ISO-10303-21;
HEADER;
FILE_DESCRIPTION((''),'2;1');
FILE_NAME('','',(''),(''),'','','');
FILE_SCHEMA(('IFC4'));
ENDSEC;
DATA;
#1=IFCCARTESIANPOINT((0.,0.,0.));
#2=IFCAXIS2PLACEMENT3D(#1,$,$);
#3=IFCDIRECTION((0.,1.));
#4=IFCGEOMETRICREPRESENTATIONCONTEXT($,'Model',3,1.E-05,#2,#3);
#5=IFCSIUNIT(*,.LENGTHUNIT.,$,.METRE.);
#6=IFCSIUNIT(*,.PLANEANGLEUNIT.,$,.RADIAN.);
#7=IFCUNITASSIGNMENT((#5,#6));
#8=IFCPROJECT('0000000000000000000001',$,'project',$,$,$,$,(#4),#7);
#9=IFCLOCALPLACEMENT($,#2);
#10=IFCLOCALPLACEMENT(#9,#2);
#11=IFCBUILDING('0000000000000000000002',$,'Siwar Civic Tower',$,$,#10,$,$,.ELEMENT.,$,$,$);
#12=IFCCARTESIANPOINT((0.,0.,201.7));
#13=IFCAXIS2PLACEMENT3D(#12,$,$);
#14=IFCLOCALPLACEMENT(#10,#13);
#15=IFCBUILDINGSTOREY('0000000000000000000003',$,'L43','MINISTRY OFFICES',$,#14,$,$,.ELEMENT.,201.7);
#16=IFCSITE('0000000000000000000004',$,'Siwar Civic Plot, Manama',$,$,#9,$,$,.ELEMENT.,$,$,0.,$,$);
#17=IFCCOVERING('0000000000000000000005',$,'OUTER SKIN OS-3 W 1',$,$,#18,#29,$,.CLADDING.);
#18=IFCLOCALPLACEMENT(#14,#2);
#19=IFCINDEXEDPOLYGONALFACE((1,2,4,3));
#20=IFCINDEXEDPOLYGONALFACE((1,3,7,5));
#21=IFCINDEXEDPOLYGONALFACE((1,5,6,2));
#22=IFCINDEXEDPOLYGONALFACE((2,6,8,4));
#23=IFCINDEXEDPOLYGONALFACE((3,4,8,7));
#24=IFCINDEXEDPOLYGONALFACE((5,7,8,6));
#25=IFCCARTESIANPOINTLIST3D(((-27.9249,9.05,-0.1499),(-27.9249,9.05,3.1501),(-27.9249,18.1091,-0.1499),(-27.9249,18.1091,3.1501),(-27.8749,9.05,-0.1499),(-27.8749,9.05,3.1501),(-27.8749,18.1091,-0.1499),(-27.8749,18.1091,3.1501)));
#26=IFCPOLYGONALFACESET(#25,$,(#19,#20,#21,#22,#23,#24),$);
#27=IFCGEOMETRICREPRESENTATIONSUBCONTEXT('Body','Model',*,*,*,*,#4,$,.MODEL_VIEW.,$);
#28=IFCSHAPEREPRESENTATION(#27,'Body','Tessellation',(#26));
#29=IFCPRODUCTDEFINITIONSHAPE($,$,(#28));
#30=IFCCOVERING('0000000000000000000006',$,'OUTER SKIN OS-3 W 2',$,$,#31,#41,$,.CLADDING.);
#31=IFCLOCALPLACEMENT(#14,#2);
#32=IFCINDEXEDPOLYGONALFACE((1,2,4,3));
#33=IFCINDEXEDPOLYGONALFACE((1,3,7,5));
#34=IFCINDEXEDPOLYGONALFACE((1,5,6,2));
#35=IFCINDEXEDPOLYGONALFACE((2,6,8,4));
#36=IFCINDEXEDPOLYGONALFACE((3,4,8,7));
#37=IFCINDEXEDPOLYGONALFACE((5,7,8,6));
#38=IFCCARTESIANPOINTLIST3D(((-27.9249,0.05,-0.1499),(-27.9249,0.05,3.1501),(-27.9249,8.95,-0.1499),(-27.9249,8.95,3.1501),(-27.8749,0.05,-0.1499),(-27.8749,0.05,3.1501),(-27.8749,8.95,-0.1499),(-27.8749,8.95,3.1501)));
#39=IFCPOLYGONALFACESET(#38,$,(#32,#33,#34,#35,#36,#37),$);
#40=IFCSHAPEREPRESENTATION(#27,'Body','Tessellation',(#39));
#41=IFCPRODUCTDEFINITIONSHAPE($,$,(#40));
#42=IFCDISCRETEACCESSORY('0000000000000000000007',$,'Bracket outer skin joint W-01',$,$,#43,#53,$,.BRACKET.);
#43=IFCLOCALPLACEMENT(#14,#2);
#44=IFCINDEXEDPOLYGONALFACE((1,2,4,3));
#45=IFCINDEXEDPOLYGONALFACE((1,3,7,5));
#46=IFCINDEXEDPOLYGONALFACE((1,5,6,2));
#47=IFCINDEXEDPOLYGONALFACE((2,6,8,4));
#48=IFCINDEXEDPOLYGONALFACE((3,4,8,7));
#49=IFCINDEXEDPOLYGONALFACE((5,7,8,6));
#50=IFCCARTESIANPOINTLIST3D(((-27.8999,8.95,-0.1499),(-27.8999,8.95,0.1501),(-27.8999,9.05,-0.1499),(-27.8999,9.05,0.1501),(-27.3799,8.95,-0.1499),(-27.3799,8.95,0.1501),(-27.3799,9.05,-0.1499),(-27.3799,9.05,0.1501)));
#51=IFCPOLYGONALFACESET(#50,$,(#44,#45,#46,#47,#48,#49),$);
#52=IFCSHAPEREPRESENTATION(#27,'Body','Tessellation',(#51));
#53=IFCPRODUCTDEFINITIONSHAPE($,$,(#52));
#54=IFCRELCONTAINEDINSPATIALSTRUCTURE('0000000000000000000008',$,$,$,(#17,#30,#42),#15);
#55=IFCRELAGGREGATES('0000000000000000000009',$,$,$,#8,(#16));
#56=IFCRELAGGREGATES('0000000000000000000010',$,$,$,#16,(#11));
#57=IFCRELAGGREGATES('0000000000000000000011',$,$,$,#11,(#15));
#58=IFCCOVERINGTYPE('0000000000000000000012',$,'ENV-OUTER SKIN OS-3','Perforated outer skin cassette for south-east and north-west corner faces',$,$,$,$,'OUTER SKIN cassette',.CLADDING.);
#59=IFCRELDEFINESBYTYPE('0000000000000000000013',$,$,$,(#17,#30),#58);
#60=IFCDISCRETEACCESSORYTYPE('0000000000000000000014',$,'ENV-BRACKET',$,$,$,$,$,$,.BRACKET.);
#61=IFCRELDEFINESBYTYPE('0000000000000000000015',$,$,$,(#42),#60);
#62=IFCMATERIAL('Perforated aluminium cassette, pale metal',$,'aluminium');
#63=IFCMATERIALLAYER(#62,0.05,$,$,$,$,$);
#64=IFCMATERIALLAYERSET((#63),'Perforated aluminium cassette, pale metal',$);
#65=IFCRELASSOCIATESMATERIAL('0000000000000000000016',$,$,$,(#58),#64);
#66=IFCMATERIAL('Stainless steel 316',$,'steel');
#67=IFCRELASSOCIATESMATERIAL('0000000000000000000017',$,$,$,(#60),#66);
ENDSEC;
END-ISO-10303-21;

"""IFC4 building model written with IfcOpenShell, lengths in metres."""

from ifc_helpers import new_model, si_unit, direction, frame, origin, origin_2d, place, context, subcontext, project, spatial, rectangle, extrude, material, layer, layer_set, type_object, element, save


model = new_model("IFC4")

# Units and contexts
model_context = context("Model", 3, precision=1e-05, world=origin(), true_north=direction((0.0, 1.0)))
body_context = subcontext(model_context, "Body", "Model", "MODEL_VIEW")
ifc_project = project(units=[si_unit("LENGTHUNIT", "METRE"), si_unit("PLANEANGLEUNIT", "RADIAN")], contexts=[model_context])

# Site, building, storey
site_placement = place(None, origin())
site = spatial("IfcSite", under=ifc_project, at=site_placement, Name="Siwar Civic Plot, Manama", CompositionType="ELEMENT", RefElevation=0.0)
building_placement = place(site_placement, origin())
building = spatial("IfcBuilding", under=site, at=building_placement, Name="Siwar Civic Tower", CompositionType="ELEMENT")
storey_placement = place(building_placement, frame((0.0, 0.0, 201.7)))
storey = spatial("IfcBuildingStorey", under=building, at=storey_placement, Name="L43", Description="MINISTRY OFFICES", CompositionType="ELEMENT", Elevation=201.7)

# Coverings
ifc_material_1 = material(Name="Perforated aluminium cassette, pale metal", Category="aluminium")
ifc_layer_1 = layer(ifc_material_1, 0.05)
ifc_layer_set_1 = layer_set([ifc_layer_1], Name="Perforated aluminium cassette, pale metal")
covering_type = type_object("IfcCoveringType", Name="ENV-OUTER SKIN OS-3", Description="Perforated outer skin cassette for south-east and north-west corner faces", ElementType="OUTER SKIN cassette", PredefinedType="CLADDING", material=ifc_layer_set_1)
covering_1_placement = place(storey_placement, frame((-27.8999, 13.5796, -0.1499), z_axis=(0.0, 0.0, 1.0), x_axis=(0.0, -1.0, 0.0)))
element("IfcCovering", 1, at=covering_1_placement, inside=storey, type_object=covering_type, Name="OUTER SKIN OS-3 W 1", PredefinedType="CLADDING", context=body_context, shape_type="SweptSolid", body=[
    extrude(rectangle(XDim=9.0591, YDim=0.05, at=origin_2d()), origin(), (0.0, 0.0, 1.0), 3.3),
])
covering_2_placement = place(storey_placement, frame((-27.8999, 4.5, -0.1499), z_axis=(0.0, 0.0, 1.0), x_axis=(0.0, -1.0, 0.0)))
element("IfcCovering", 2, at=covering_2_placement, inside=storey, type_object=covering_type, Name="OUTER SKIN OS-3 W 2", PredefinedType="CLADDING", context=body_context, shape_type="SweptSolid", body=[
    extrude(rectangle(XDim=8.8999, YDim=0.05, at=origin_2d()), origin(), (0.0, 0.0, 1.0), 3.3),
])

# Discrete accessory
ifc_material_2 = material(Name="Stainless steel 316", Category="steel")
discrete_accessory_type = type_object("IfcDiscreteAccessoryType", Name="ENV-BRACKET", PredefinedType="BRACKET", material=ifc_material_2)
discrete_accessory_placement = place(storey_placement, frame((-27.6399, 9.0, -0.1499), z_axis=(0.0, 0.0, 1.0), x_axis=(-1.0, 0.0, 0.0)))
element("IfcDiscreteAccessory", 3, at=discrete_accessory_placement, inside=storey, type_object=discrete_accessory_type, Name="Bracket outer skin joint W-01", PredefinedType="BRACKET", context=body_context, shape_type="SweptSolid", body=[
    extrude(rectangle(XDim=0.52, YDim=0.1001, at=origin_2d()), origin(), (0.0, 0.0, 1.0), 0.3),
])

save(model, "model.ifc")
